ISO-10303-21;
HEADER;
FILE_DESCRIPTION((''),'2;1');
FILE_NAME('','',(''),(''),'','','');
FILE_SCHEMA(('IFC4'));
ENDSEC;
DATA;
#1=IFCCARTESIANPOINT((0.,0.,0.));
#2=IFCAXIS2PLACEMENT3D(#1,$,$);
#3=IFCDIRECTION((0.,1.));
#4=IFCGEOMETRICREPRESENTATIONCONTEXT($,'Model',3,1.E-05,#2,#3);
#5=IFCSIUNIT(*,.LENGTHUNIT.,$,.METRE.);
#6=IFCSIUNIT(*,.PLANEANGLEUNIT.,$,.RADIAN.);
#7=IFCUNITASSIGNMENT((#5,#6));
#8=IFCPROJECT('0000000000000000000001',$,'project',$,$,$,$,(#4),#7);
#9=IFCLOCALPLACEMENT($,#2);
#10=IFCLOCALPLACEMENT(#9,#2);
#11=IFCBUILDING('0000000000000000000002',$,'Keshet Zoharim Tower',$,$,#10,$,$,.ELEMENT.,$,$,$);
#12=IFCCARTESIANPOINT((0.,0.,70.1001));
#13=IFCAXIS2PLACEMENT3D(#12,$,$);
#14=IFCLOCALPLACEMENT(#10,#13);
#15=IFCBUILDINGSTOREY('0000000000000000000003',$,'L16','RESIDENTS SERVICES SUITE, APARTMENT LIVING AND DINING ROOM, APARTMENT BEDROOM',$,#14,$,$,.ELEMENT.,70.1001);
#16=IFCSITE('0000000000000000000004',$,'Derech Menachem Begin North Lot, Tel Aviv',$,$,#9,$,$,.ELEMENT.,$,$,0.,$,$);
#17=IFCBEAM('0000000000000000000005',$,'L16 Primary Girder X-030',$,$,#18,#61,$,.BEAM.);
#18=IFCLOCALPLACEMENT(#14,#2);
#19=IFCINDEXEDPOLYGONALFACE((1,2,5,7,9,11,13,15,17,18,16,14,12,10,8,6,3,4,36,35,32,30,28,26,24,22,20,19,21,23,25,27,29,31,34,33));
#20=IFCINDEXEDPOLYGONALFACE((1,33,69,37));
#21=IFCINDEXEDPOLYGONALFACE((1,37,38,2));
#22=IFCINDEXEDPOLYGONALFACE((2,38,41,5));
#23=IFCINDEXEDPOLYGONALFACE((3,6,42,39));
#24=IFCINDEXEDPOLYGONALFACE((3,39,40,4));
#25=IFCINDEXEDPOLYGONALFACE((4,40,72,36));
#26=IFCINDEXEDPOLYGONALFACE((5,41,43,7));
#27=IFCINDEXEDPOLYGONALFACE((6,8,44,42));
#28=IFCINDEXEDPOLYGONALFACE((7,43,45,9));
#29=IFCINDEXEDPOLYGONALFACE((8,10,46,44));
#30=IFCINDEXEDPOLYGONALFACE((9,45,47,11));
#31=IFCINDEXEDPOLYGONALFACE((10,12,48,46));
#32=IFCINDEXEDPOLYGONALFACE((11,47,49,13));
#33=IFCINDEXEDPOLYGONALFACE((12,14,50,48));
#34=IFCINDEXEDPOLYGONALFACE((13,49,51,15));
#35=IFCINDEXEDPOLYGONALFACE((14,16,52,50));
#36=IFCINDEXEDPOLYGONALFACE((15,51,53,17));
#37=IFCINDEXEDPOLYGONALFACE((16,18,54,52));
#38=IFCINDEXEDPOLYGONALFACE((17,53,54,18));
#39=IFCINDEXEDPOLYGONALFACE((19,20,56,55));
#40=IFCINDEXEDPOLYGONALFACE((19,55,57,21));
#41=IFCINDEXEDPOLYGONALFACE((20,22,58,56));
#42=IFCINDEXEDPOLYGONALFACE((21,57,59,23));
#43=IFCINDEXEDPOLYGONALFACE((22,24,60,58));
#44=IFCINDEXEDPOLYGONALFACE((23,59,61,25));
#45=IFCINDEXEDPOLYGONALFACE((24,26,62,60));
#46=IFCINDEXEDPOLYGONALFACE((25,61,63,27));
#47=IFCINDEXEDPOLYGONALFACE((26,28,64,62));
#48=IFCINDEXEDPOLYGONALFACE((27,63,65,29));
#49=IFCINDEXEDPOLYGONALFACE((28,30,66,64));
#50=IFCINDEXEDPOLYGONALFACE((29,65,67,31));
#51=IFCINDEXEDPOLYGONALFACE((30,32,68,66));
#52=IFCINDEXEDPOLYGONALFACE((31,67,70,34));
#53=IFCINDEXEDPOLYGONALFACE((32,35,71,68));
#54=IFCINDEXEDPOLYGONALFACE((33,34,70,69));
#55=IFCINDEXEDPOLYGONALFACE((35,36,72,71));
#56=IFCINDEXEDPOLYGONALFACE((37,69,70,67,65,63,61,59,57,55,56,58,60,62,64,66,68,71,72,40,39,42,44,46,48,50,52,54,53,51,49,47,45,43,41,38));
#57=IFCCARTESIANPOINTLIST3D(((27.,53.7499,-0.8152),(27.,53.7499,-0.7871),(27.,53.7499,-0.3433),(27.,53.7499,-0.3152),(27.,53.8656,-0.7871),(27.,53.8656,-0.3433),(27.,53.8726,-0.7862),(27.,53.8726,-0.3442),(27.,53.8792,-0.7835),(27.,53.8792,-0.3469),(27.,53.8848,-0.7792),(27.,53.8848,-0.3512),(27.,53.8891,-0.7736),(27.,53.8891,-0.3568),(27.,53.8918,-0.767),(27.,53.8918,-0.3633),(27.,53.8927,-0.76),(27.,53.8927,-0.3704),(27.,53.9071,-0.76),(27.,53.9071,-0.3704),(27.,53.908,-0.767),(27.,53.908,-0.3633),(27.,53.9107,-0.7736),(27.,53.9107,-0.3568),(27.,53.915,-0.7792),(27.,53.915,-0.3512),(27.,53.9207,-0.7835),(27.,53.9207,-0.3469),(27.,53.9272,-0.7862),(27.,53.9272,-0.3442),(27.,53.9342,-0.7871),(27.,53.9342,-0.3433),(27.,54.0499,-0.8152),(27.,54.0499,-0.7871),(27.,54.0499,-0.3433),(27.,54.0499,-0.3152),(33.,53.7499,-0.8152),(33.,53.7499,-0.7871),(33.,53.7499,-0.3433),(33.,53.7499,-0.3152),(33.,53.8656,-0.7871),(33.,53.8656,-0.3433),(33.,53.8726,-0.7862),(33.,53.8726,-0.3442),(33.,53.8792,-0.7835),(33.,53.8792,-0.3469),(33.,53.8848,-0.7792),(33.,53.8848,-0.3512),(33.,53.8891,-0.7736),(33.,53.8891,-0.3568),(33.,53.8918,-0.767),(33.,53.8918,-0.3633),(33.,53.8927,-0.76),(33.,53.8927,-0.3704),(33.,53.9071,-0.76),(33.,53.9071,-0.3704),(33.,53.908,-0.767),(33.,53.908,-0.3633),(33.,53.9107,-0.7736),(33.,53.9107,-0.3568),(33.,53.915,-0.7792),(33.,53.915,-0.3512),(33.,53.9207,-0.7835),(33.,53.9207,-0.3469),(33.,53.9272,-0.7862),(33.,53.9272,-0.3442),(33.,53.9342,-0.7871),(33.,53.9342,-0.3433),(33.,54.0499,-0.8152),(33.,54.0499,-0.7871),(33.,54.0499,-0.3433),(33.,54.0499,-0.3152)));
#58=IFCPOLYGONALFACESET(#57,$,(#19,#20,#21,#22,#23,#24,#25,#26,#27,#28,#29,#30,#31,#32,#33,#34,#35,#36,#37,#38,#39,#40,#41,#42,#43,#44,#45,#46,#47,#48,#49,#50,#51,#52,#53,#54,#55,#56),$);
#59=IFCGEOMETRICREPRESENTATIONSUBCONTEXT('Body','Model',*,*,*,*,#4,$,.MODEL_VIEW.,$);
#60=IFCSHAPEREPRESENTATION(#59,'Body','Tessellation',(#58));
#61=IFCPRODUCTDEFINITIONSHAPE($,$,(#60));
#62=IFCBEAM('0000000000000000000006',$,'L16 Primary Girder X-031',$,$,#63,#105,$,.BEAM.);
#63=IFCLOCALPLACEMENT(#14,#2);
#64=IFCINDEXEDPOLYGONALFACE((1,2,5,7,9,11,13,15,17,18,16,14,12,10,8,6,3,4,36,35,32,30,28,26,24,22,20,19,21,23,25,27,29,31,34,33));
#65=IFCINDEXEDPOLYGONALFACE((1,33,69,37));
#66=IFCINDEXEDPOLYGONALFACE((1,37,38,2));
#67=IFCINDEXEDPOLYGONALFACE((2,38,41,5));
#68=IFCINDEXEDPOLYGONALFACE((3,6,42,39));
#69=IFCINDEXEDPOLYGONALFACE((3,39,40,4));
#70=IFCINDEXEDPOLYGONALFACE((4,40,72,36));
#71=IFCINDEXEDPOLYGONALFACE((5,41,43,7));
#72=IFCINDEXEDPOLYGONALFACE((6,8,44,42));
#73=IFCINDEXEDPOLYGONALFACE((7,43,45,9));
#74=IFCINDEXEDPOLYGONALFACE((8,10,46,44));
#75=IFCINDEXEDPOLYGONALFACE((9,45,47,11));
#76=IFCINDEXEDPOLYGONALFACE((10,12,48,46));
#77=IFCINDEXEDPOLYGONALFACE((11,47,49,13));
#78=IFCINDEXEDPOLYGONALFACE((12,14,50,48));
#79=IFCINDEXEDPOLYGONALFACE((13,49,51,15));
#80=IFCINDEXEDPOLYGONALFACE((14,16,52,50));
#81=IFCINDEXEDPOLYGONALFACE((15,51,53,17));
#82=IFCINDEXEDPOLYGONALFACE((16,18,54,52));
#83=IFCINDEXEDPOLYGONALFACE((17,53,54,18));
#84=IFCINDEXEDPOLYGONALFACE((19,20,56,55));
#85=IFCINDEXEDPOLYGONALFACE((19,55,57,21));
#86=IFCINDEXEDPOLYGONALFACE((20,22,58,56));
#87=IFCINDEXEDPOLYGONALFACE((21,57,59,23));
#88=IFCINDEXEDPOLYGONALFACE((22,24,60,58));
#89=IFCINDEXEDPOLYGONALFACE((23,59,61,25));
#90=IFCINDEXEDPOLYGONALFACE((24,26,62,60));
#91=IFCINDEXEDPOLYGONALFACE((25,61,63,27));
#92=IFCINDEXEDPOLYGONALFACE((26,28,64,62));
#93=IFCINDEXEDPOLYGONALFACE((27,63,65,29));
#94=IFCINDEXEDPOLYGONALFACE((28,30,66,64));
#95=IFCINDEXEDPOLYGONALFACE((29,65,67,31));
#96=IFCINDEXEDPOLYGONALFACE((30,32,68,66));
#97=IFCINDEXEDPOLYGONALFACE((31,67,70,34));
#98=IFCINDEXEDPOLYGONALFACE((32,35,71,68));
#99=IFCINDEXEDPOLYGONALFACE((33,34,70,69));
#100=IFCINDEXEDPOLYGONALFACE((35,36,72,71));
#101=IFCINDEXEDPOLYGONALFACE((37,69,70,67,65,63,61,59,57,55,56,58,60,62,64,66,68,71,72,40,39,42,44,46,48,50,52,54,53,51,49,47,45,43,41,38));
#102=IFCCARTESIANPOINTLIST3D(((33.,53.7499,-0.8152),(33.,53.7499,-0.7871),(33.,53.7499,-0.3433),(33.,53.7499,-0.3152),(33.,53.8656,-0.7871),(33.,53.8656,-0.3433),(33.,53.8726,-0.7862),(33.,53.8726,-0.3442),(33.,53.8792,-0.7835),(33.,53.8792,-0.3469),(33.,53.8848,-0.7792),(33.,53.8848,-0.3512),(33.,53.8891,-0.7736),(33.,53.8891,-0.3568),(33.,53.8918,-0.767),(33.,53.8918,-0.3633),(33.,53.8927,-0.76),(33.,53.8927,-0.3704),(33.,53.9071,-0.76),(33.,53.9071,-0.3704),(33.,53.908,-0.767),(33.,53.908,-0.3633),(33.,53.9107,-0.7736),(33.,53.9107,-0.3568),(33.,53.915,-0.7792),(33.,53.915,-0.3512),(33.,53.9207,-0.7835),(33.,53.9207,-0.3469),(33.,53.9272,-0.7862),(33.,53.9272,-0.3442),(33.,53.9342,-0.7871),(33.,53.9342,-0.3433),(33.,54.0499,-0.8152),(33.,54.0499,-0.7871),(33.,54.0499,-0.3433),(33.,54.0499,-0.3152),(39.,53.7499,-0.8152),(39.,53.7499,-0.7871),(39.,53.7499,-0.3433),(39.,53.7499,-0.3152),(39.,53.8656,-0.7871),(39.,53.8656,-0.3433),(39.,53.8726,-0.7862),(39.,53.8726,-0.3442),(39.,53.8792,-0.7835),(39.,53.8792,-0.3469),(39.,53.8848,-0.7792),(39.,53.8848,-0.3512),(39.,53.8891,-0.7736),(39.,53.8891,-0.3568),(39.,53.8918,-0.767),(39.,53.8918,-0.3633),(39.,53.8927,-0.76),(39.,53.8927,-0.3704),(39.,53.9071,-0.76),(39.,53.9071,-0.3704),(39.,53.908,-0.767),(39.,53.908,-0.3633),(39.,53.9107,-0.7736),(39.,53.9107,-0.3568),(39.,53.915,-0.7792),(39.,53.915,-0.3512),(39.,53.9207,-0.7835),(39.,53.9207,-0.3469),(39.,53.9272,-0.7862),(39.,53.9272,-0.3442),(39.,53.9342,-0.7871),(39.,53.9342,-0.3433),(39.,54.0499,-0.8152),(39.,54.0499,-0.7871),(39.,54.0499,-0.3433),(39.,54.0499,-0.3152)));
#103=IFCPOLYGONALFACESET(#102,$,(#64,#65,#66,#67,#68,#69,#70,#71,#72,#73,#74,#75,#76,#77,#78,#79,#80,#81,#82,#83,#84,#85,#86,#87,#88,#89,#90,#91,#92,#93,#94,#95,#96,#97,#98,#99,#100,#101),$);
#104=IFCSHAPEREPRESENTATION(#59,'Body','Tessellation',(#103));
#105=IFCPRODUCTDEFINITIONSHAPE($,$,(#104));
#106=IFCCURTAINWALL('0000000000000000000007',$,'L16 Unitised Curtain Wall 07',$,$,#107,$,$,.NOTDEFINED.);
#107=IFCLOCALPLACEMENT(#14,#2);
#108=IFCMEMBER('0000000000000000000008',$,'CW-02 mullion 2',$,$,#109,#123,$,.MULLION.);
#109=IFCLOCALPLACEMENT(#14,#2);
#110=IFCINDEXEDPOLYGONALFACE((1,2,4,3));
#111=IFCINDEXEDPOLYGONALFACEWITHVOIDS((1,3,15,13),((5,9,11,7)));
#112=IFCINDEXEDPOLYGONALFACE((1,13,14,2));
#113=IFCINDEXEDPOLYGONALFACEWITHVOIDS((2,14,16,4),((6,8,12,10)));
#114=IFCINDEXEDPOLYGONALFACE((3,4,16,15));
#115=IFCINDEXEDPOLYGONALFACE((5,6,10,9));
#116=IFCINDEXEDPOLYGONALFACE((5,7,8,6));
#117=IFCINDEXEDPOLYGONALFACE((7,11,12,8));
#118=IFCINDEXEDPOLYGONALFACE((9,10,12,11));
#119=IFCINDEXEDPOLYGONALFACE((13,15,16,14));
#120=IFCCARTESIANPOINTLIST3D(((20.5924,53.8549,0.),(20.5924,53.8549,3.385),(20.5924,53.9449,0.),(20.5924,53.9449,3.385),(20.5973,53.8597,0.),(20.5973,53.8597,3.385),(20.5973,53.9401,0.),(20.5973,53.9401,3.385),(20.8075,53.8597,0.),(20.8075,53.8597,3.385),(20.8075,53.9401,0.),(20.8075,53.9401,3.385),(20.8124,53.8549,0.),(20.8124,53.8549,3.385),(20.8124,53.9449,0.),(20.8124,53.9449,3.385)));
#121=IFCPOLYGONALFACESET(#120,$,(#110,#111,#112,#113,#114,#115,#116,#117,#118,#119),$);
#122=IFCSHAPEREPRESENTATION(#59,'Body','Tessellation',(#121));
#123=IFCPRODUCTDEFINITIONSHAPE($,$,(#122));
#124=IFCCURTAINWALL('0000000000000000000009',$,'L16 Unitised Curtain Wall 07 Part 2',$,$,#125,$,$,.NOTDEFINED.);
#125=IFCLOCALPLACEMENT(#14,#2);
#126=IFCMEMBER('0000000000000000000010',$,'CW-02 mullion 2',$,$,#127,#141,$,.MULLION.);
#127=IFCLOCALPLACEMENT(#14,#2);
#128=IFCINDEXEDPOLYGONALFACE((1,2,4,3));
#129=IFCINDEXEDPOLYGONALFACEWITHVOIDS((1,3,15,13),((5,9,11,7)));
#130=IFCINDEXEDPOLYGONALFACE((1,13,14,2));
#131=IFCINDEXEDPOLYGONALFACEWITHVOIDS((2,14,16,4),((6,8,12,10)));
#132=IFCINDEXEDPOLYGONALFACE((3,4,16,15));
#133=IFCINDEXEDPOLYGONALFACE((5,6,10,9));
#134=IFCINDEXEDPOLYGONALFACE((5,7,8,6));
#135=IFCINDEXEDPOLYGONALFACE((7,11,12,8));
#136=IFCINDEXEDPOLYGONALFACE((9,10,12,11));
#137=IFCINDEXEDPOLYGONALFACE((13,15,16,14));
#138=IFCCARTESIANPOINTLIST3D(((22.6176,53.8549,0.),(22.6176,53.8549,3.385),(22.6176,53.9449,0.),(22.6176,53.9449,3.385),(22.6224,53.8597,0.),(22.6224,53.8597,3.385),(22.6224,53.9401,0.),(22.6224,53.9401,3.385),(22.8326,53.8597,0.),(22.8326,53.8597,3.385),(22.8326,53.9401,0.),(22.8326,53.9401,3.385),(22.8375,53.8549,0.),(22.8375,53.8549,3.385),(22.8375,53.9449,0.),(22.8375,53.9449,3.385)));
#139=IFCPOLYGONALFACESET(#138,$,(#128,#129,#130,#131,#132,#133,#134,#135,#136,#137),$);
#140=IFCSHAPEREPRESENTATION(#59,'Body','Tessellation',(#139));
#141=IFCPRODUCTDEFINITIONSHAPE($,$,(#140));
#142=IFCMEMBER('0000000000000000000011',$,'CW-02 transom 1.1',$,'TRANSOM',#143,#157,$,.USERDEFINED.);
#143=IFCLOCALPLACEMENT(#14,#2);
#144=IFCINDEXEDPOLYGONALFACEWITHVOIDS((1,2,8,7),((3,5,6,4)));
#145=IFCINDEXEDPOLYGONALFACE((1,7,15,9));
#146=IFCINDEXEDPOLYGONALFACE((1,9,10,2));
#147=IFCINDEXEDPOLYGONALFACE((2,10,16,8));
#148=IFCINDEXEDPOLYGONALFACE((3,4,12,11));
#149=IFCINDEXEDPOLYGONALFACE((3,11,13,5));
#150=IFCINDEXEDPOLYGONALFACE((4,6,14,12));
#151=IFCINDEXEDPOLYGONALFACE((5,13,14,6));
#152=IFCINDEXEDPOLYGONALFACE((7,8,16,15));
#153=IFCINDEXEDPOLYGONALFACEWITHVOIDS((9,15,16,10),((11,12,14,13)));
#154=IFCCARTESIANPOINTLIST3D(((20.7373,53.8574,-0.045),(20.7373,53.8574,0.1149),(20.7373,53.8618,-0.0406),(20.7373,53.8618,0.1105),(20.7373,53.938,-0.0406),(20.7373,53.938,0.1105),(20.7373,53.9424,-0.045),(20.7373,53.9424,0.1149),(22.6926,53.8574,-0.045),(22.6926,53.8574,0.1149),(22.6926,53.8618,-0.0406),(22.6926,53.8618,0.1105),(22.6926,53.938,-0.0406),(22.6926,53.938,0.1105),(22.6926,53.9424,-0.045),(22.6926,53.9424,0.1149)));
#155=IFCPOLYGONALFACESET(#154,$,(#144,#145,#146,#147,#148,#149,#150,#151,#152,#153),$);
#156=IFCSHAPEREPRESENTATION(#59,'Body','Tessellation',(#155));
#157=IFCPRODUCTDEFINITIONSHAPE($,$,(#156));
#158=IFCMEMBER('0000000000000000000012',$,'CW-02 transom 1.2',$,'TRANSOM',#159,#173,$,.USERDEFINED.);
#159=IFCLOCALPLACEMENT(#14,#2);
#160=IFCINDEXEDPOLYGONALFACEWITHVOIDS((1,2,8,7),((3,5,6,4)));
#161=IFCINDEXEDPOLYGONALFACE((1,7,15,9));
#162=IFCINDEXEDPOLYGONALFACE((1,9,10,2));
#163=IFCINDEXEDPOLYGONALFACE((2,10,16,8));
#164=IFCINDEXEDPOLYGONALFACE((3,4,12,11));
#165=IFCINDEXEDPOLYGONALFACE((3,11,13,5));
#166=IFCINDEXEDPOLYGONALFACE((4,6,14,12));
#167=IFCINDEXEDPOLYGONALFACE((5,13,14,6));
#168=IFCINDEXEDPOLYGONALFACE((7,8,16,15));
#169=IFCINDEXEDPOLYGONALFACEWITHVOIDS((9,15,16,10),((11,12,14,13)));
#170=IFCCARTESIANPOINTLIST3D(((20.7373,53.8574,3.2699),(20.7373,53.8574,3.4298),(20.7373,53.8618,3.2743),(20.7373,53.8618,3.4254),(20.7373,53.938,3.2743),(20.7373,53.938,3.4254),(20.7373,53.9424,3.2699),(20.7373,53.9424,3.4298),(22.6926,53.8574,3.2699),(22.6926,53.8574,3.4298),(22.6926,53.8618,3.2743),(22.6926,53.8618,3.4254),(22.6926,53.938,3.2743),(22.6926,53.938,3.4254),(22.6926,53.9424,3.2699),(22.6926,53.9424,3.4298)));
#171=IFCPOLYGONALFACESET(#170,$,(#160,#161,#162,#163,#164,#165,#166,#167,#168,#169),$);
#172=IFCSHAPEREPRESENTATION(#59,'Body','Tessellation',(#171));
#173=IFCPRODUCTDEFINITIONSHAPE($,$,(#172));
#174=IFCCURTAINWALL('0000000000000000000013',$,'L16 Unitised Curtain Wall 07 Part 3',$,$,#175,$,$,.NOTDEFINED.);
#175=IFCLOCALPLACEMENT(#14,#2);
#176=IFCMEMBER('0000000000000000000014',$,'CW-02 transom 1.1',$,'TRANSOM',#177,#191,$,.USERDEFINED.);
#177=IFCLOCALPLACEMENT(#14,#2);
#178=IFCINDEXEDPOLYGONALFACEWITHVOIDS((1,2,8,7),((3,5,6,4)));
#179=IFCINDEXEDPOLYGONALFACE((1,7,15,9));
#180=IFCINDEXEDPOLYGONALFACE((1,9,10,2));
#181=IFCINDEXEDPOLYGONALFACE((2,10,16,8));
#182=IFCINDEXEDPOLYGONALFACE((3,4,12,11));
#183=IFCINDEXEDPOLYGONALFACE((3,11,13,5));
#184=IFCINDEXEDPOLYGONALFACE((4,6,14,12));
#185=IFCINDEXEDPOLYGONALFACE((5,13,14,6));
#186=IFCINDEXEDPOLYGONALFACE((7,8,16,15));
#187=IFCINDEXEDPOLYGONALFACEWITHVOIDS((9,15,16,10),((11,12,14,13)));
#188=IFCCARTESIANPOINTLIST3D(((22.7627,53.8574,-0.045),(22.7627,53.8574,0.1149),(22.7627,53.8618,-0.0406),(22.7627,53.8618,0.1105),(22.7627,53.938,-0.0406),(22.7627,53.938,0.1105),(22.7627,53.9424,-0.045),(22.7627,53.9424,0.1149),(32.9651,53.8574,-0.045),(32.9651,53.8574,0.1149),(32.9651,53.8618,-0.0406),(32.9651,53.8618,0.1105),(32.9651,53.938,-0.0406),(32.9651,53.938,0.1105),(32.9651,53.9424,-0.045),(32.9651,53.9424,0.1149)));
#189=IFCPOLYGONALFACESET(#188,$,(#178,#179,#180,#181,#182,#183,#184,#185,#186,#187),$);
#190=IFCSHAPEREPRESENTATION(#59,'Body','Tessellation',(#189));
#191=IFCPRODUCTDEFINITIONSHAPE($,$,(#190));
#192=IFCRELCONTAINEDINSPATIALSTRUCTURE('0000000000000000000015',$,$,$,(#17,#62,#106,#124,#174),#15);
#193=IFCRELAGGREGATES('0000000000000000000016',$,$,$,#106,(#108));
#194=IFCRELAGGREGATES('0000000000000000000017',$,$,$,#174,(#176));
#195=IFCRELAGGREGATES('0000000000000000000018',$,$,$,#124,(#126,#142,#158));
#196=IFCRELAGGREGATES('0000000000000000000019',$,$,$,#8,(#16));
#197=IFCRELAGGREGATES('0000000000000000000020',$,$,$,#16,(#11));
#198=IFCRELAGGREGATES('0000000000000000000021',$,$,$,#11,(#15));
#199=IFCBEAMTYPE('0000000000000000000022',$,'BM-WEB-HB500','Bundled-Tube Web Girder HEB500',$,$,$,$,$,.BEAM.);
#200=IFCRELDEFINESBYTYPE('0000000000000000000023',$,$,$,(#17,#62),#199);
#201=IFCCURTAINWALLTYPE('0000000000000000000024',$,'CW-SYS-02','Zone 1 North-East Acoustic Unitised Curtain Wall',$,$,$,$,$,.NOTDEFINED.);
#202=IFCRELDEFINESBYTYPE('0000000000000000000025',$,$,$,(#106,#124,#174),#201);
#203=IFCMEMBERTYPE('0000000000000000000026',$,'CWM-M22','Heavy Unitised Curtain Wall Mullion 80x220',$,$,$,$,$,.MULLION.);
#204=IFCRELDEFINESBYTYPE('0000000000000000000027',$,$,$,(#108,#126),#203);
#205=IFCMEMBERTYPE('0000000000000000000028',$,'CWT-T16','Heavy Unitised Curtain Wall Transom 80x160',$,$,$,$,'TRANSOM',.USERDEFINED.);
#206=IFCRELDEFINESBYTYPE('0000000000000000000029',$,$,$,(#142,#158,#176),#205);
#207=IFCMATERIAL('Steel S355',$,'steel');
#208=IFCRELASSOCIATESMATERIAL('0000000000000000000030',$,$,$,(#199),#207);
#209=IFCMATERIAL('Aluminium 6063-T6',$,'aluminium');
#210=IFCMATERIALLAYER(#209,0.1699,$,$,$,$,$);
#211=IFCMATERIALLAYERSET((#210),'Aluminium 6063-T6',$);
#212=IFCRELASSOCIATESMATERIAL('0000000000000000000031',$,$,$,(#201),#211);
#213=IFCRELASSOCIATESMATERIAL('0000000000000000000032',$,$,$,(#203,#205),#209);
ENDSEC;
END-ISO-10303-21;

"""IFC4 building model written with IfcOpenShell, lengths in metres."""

from ifc_helpers import new_model, si_unit, direction, frame, origin, origin_2d, place, context, subcontext, project, spatial, hollow_rectangle, i_section, extrude, material, layer, layer_set, material_profile, profile_set, type_object, element, aggregate, save


model = new_model("IFC4")

# Units and contexts
model_context = context("Model", 3, precision=1e-05, world=origin(), true_north=direction((0.0, 1.0)))
body_context = subcontext(model_context, "Body", "Model", "MODEL_VIEW")
ifc_project = project(units=[si_unit("LENGTHUNIT", "METRE"), si_unit("PLANEANGLEUNIT", "RADIAN")], contexts=[model_context])

# Site, building, storey
site_placement = place(None, origin())
site = spatial("IfcSite", under=ifc_project, at=site_placement, Name="Derech Menachem Begin North Lot, Tel Aviv", CompositionType="ELEMENT", RefElevation=0.0)
building_placement = place(site_placement, origin())
building = spatial("IfcBuilding", under=site, at=building_placement, Name="Keshet Zoharim Tower", CompositionType="ELEMENT")
storey_placement = place(building_placement, frame((0.0, 0.0, 70.1001)))
storey = spatial("IfcBuildingStorey", under=building, at=storey_placement, Name="L16", Description="RESIDENTS SERVICES SUITE, APARTMENT LIVING AND DINING ROOM, APARTMENT BEDROOM", CompositionType="ELEMENT", Elevation=70.1001)

# Shared definitions
ifc_material_1 = material(Name="Steel S355", Category="steel")

# Beams
ifc_material_profile_1 = material_profile(ifc_material_1, i_section(OverallWidth=0.3, OverallDepth=0.5, WebThickness=0.0144, FlangeThickness=0.0281, FilletRadius=0.0271, at=origin_2d()), Name="HEB500")
ifc_profile_set_1 = profile_set([ifc_material_profile_1], Name="Steel S355")
beam_type = type_object("IfcBeamType", Name="BM-WEB-HB500", Description="Bundled-Tube Web Girder HEB500", PredefinedType="BEAM", material=ifc_profile_set_1)
for number, where, z_axis, x_axis, name in (
    (1, (27.0, 53.8999, -0.5652), (1.0, 0.0, 0.0), (0.0, 1.0, 0.0), "L16 Primary Girder X-030"),
    (2, (33.0, 53.8999, -0.5652), (1.0, 0.0, 0.0), (0.0, 1.0, 0.0), "L16 Primary Girder X-031"),
):
    element("IfcBeam", number, at=place(storey_placement, frame(where, z_axis=z_axis, x_axis=x_axis)), inside=storey, type_object=beam_type, Name=name, PredefinedType="BEAM", context=body_context, shape_type="SweptSolid", body=[
        extrude(i_section(OverallWidth=0.3, OverallDepth=0.5, WebThickness=0.0144, FlangeThickness=0.0281, FilletRadius=0.0271, at=origin_2d()), origin(), (0.0, 0.0, 1.0), 6.0),
    ])

# Curtain wall, member
ifc_material_2 = material(Name="Aluminium 6063-T6", Category="aluminium")
ifc_layer_1 = layer(ifc_material_2, 0.1699)
ifc_layer_set_1 = layer_set([ifc_layer_1], Name="Aluminium 6063-T6")
curtain_wall_type = type_object("IfcCurtainWallType", Name="CW-SYS-02", Description="Zone 1 North-East Acoustic Unitised Curtain Wall", PredefinedType="NOTDEFINED", material=ifc_layer_set_1)
curtain_wall_1_placement = place(storey_placement, origin())
curtain_wall_1 = element("IfcCurtainWall", 3, at=curtain_wall_1_placement, inside=storey, type_object=curtain_wall_type, Name="L16 Unitised Curtain Wall 07", PredefinedType="NOTDEFINED")
ifc_material_profile_2 = material_profile(ifc_material_2, hollow_rectangle(XDim=0.0901, YDim=0.22, WallThickness=0.0049, at=origin_2d()), Name="MUL-90x220")
ifc_profile_set_2 = profile_set([ifc_material_profile_2], Name="Aluminium 6063-T6")
member_type_1 = type_object("IfcMemberType", Name="CWM-M22", Description="Heavy Unitised Curtain Wall Mullion 80x220", PredefinedType="MULLION", material=ifc_profile_set_2)
member_1_placement = place(storey_placement, frame((20.7024, 53.8999, 0.0), z_axis=(0.0, 0.0, 1.0), x_axis=(0.0, 1.0, 0.0)))
member_1 = element("IfcMember", 4, at=member_1_placement, type_object=member_type_1, Name="CW-02 mullion 2", PredefinedType="MULLION", context=body_context, shape_type="SweptSolid", body=[
    extrude(hollow_rectangle(XDim=0.0901, YDim=0.22, WallThickness=0.0049, at=origin_2d()), origin(), (0.0, 0.0, 1.0), 3.385),
])
aggregate(curtain_wall_1, [member_1])

# Curtain walls, members
curtain_wall_2_placement = place(storey_placement, origin())
curtain_wall_2 = element("IfcCurtainWall", 5, at=curtain_wall_2_placement, inside=storey, type_object=curtain_wall_type, Name="L16 Unitised Curtain Wall 07 Part 2", PredefinedType="NOTDEFINED")
member_2_placement = place(storey_placement, frame((22.7275, 53.8999, 0.0), z_axis=(0.0, 0.0, 1.0), x_axis=(0.0, 1.0, 0.0)))
member_2 = element("IfcMember", 6, at=member_2_placement, type_object=member_type_1, Name="CW-02 mullion 2", PredefinedType="MULLION", context=body_context, shape_type="SweptSolid", body=[
    extrude(hollow_rectangle(XDim=0.0901, YDim=0.22, WallThickness=0.0049, at=origin_2d()), origin(), (0.0, 0.0, 1.0), 3.385),
])
ifc_material_profile_3 = material_profile(ifc_material_2, hollow_rectangle(XDim=0.085, YDim=0.1599, WallThickness=0.0044, at=origin_2d()), Name="TRN-85x160")
ifc_profile_set_3 = profile_set([ifc_material_profile_3], Name="Aluminium 6063-T6")
member_type_2 = type_object("IfcMemberType", Name="CWT-T16", Description="Heavy Unitised Curtain Wall Transom 80x160", ElementType="TRANSOM", PredefinedType="USERDEFINED", material=ifc_profile_set_3)
member_3_placement = place(storey_placement, frame((20.7373, 53.8999, 0.0349), z_axis=(1.0, 0.0, 0.0), x_axis=(0.0, 1.0, 0.0)))
member_3 = element("IfcMember", 7, at=member_3_placement, type_object=member_type_2, Name="CW-02 transom 1.1", ObjectType="TRANSOM", PredefinedType="USERDEFINED", context=body_context, shape_type="SweptSolid", body=[
    extrude(hollow_rectangle(XDim=0.085, YDim=0.1599, WallThickness=0.0044, at=origin_2d()), origin(), (0.0, 0.0, 1.0), 1.9553),
])
member_4_placement = place(storey_placement, frame((20.7373, 53.8999, 3.3499), z_axis=(1.0, 0.0, 0.0), x_axis=(0.0, 1.0, 0.0)))
member_4 = element("IfcMember", 8, at=member_4_placement, type_object=member_type_2, Name="CW-02 transom 1.2", ObjectType="TRANSOM", PredefinedType="USERDEFINED", context=body_context, shape_type="SweptSolid", body=[
    extrude(hollow_rectangle(XDim=0.085, YDim=0.1599, WallThickness=0.0044, at=origin_2d()), origin(), (0.0, 0.0, 1.0), 1.9553),
])
curtain_wall_3_placement = place(storey_placement, origin())
curtain_wall_3 = element("IfcCurtainWall", 9, at=curtain_wall_3_placement, inside=storey, type_object=curtain_wall_type, Name="L16 Unitised Curtain Wall 07 Part 3", PredefinedType="NOTDEFINED")
member_5_placement = place(storey_placement, frame((22.7627, 53.8999, 0.0349), z_axis=(1.0, 0.0, 0.0), x_axis=(0.0, 1.0, 0.0)))
member_5 = element("IfcMember", 10, at=member_5_placement, type_object=member_type_2, Name="CW-02 transom 1.1", ObjectType="TRANSOM", PredefinedType="USERDEFINED", context=body_context, shape_type="SweptSolid", body=[
    extrude(hollow_rectangle(XDim=0.085, YDim=0.1599, WallThickness=0.0044, at=origin_2d()), origin(), (0.0, 0.0, 1.0), 10.2024),
])

aggregate(curtain_wall_3, [member_5])
aggregate(curtain_wall_2, [member_2, member_3, member_4])

save(model, "model.ifc")
